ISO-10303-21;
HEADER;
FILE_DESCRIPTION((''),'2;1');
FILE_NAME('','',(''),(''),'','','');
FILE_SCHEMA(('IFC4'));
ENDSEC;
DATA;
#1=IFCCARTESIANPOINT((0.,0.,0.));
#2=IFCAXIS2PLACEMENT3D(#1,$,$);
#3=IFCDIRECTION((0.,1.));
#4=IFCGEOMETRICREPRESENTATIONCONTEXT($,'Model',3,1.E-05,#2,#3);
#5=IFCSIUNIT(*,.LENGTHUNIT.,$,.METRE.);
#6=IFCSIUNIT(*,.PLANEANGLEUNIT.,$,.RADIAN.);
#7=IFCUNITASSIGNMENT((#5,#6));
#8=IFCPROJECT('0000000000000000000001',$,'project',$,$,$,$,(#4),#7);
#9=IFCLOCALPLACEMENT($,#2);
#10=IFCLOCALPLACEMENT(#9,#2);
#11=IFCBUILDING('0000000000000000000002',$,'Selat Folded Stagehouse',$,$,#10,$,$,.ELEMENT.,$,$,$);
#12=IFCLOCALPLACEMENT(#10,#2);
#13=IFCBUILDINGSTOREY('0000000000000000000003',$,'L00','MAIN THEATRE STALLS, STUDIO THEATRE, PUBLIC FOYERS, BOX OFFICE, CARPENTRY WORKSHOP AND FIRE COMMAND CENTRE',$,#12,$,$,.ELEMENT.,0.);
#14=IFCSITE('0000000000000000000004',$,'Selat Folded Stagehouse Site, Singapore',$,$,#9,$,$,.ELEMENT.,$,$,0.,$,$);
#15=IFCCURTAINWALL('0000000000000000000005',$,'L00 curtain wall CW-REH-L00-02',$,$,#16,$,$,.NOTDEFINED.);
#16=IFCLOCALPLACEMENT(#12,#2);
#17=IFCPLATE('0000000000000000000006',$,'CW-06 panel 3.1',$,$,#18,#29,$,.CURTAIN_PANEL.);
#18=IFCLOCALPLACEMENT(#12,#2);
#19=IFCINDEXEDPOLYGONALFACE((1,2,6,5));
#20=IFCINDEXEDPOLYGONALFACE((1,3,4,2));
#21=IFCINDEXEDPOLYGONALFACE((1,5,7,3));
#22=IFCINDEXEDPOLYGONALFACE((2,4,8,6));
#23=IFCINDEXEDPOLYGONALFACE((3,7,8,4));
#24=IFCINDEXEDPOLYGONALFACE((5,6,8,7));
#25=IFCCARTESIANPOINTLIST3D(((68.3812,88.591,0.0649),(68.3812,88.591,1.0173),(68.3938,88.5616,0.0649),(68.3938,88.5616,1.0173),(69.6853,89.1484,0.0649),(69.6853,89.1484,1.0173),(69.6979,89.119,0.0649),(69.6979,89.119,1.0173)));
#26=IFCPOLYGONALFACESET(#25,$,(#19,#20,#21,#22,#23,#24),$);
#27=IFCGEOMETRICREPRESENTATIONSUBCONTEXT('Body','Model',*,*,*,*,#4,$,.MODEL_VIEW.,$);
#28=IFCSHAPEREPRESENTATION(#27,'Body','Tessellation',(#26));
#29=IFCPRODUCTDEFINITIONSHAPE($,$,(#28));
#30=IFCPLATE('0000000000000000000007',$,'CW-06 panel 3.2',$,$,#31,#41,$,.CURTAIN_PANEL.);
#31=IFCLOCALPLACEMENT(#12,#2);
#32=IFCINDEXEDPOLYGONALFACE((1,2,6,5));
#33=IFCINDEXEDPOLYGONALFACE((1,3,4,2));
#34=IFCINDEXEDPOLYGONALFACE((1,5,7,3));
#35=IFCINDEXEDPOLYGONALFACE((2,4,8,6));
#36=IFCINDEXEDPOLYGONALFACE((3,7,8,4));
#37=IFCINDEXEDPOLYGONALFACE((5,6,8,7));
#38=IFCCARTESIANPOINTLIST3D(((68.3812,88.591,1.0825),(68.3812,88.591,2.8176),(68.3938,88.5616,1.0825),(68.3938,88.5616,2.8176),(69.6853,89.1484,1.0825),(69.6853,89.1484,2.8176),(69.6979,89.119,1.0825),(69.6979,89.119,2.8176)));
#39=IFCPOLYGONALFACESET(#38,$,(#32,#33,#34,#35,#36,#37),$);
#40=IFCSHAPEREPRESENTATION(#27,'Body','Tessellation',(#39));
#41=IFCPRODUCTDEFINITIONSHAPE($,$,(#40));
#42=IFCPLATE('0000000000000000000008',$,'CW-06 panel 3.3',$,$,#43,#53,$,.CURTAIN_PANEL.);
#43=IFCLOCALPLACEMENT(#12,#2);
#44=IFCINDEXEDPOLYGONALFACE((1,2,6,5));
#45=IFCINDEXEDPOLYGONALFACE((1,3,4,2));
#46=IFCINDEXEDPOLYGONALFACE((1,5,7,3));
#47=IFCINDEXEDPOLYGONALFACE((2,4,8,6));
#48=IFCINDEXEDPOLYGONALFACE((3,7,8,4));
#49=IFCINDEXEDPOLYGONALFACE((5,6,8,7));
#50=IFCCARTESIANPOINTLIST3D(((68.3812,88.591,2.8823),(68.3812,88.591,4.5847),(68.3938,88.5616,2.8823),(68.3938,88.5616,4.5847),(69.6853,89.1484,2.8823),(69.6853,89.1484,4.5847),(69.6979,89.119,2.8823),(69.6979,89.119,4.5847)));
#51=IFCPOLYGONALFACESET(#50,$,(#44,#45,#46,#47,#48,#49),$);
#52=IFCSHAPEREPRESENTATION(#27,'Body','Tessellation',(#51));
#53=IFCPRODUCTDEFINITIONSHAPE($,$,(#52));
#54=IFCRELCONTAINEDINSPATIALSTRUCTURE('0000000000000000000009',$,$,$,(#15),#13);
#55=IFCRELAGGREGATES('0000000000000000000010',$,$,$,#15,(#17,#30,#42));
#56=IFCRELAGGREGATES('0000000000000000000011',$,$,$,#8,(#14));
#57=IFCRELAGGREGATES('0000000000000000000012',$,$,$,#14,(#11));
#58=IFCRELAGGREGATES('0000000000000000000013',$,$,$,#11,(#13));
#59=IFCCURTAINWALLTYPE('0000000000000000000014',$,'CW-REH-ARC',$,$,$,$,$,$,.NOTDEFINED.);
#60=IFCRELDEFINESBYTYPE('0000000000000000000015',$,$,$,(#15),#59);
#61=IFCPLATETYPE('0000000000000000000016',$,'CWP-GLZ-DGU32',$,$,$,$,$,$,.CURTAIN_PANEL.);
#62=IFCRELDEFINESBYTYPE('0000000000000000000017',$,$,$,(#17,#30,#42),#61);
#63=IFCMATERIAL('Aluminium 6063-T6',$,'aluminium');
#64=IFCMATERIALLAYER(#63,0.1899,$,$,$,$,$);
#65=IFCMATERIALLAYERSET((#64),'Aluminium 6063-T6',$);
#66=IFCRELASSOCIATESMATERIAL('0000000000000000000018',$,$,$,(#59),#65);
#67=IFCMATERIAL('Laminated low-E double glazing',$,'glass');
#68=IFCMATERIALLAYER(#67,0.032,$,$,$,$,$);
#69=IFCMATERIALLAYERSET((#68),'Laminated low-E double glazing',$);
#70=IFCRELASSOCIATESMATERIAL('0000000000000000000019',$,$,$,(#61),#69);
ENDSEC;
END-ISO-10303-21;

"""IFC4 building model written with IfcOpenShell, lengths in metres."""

from ifc_helpers import new_model, si_unit, direction, frame, origin, origin_2d, place, context, subcontext, project, spatial, rectangle, extrude, material, layer, layer_set, type_object, element, aggregate, save


model = new_model("IFC4")

# Units and contexts
model_context = context("Model", 3, precision=1e-05, world=origin(), true_north=direction((0.0, 1.0)))
body_context = subcontext(model_context, "Body", "Model", "MODEL_VIEW")
ifc_project = project(units=[si_unit("LENGTHUNIT", "METRE"), si_unit("PLANEANGLEUNIT", "RADIAN")], contexts=[model_context])

# Site, building, storey
site_placement = place(None, origin())
site = spatial("IfcSite", under=ifc_project, at=site_placement, Name="Selat Folded Stagehouse Site, Singapore", CompositionType="ELEMENT", RefElevation=0.0)
building_placement = place(site_placement, origin())
building = spatial("IfcBuilding", under=site, at=building_placement, Name="Selat Folded Stagehouse", CompositionType="ELEMENT")
storey_placement = place(building_placement, origin())
storey = spatial("IfcBuildingStorey", under=building, at=storey_placement, Name="L00", Description="MAIN THEATRE STALLS, STUDIO THEATRE, PUBLIC FOYERS, BOX OFFICE, CARPENTRY WORKSHOP AND FIRE COMMAND CENTRE", CompositionType="ELEMENT", Elevation=0.0)

# Shared definitions
ifc_material_1 = material(Name="Aluminium 6063-T6", Category="aluminium")
ifc_layer_1 = layer(ifc_material_1, 0.1899)
ifc_layer_set_1 = layer_set([ifc_layer_1], Name="Aluminium 6063-T6")
curtain_wall_type = type_object("IfcCurtainWallType", Name="CW-REH-ARC", PredefinedType="NOTDEFINED", material=ifc_layer_set_1)

# Curtain wall
curtain_wall_1_placement = place(storey_placement, origin())
curtain_wall_1 = element("IfcCurtainWall", 1, at=curtain_wall_1_placement, inside=storey, type_object=curtain_wall_type, Name="L00 curtain wall CW-REH-L00-02", PredefinedType="NOTDEFINED")

# Plates
ifc_material_2 = material(Name="Laminated low-E double glazing", Category="glass")
ifc_layer_2 = layer(ifc_material_2, 0.032)
ifc_layer_set_2 = layer_set([ifc_layer_2], Name="Laminated low-E double glazing")
plate_type = type_object("IfcPlateType", Name="CWP-GLZ-DGU32", PredefinedType="CURTAIN_PANEL", material=ifc_layer_set_2)
plate_1_placement = place(storey_placement, frame((69.0396, 88.855, 0.0649), z_axis=(0.0, 0.0, 1.0), x_axis=(-0.919533, -0.393012, 0.0)))
plate_1 = element("IfcPlate", 2, at=plate_1_placement, type_object=plate_type, Name="CW-06 panel 3.1", PredefinedType="CURTAIN_PANEL", context=body_context, shape_type="SweptSolid", body=[
    extrude(rectangle(XDim=1.4182, YDim=0.032, at=origin_2d()), origin(), (0.0, 0.0, 1.0), 0.9524),
])
plate_2_placement = place(storey_placement, frame((69.0396, 88.855, 1.0825), z_axis=(0.0, 0.0, 1.0), x_axis=(-0.919533, -0.393012, 0.0)))
plate_2 = element("IfcPlate", 3, at=plate_2_placement, type_object=plate_type, Name="CW-06 panel 3.2", PredefinedType="CURTAIN_PANEL", context=body_context, shape_type="SweptSolid", body=[
    extrude(rectangle(XDim=1.4182, YDim=0.032, at=origin_2d()), origin(), (0.0, 0.0, 1.0), 1.7351),
])
plate_3_placement = place(storey_placement, frame((69.0396, 88.855, 2.8823), z_axis=(0.0, 0.0, 1.0), x_axis=(-0.919533, -0.393012, 0.0)))
plate_3 = element("IfcPlate", 4, at=plate_3_placement, type_object=plate_type, Name="CW-06 panel 3.3", PredefinedType="CURTAIN_PANEL", context=body_context, shape_type="SweptSolid", body=[
    extrude(rectangle(XDim=1.4182, YDim=0.032, at=origin_2d()), origin(), (0.0, 0.0, 1.0), 1.7024),
])
aggregate(curtain_wall_1, [plate_1, plate_2, plate_3])

save(model, "model.ifc")
